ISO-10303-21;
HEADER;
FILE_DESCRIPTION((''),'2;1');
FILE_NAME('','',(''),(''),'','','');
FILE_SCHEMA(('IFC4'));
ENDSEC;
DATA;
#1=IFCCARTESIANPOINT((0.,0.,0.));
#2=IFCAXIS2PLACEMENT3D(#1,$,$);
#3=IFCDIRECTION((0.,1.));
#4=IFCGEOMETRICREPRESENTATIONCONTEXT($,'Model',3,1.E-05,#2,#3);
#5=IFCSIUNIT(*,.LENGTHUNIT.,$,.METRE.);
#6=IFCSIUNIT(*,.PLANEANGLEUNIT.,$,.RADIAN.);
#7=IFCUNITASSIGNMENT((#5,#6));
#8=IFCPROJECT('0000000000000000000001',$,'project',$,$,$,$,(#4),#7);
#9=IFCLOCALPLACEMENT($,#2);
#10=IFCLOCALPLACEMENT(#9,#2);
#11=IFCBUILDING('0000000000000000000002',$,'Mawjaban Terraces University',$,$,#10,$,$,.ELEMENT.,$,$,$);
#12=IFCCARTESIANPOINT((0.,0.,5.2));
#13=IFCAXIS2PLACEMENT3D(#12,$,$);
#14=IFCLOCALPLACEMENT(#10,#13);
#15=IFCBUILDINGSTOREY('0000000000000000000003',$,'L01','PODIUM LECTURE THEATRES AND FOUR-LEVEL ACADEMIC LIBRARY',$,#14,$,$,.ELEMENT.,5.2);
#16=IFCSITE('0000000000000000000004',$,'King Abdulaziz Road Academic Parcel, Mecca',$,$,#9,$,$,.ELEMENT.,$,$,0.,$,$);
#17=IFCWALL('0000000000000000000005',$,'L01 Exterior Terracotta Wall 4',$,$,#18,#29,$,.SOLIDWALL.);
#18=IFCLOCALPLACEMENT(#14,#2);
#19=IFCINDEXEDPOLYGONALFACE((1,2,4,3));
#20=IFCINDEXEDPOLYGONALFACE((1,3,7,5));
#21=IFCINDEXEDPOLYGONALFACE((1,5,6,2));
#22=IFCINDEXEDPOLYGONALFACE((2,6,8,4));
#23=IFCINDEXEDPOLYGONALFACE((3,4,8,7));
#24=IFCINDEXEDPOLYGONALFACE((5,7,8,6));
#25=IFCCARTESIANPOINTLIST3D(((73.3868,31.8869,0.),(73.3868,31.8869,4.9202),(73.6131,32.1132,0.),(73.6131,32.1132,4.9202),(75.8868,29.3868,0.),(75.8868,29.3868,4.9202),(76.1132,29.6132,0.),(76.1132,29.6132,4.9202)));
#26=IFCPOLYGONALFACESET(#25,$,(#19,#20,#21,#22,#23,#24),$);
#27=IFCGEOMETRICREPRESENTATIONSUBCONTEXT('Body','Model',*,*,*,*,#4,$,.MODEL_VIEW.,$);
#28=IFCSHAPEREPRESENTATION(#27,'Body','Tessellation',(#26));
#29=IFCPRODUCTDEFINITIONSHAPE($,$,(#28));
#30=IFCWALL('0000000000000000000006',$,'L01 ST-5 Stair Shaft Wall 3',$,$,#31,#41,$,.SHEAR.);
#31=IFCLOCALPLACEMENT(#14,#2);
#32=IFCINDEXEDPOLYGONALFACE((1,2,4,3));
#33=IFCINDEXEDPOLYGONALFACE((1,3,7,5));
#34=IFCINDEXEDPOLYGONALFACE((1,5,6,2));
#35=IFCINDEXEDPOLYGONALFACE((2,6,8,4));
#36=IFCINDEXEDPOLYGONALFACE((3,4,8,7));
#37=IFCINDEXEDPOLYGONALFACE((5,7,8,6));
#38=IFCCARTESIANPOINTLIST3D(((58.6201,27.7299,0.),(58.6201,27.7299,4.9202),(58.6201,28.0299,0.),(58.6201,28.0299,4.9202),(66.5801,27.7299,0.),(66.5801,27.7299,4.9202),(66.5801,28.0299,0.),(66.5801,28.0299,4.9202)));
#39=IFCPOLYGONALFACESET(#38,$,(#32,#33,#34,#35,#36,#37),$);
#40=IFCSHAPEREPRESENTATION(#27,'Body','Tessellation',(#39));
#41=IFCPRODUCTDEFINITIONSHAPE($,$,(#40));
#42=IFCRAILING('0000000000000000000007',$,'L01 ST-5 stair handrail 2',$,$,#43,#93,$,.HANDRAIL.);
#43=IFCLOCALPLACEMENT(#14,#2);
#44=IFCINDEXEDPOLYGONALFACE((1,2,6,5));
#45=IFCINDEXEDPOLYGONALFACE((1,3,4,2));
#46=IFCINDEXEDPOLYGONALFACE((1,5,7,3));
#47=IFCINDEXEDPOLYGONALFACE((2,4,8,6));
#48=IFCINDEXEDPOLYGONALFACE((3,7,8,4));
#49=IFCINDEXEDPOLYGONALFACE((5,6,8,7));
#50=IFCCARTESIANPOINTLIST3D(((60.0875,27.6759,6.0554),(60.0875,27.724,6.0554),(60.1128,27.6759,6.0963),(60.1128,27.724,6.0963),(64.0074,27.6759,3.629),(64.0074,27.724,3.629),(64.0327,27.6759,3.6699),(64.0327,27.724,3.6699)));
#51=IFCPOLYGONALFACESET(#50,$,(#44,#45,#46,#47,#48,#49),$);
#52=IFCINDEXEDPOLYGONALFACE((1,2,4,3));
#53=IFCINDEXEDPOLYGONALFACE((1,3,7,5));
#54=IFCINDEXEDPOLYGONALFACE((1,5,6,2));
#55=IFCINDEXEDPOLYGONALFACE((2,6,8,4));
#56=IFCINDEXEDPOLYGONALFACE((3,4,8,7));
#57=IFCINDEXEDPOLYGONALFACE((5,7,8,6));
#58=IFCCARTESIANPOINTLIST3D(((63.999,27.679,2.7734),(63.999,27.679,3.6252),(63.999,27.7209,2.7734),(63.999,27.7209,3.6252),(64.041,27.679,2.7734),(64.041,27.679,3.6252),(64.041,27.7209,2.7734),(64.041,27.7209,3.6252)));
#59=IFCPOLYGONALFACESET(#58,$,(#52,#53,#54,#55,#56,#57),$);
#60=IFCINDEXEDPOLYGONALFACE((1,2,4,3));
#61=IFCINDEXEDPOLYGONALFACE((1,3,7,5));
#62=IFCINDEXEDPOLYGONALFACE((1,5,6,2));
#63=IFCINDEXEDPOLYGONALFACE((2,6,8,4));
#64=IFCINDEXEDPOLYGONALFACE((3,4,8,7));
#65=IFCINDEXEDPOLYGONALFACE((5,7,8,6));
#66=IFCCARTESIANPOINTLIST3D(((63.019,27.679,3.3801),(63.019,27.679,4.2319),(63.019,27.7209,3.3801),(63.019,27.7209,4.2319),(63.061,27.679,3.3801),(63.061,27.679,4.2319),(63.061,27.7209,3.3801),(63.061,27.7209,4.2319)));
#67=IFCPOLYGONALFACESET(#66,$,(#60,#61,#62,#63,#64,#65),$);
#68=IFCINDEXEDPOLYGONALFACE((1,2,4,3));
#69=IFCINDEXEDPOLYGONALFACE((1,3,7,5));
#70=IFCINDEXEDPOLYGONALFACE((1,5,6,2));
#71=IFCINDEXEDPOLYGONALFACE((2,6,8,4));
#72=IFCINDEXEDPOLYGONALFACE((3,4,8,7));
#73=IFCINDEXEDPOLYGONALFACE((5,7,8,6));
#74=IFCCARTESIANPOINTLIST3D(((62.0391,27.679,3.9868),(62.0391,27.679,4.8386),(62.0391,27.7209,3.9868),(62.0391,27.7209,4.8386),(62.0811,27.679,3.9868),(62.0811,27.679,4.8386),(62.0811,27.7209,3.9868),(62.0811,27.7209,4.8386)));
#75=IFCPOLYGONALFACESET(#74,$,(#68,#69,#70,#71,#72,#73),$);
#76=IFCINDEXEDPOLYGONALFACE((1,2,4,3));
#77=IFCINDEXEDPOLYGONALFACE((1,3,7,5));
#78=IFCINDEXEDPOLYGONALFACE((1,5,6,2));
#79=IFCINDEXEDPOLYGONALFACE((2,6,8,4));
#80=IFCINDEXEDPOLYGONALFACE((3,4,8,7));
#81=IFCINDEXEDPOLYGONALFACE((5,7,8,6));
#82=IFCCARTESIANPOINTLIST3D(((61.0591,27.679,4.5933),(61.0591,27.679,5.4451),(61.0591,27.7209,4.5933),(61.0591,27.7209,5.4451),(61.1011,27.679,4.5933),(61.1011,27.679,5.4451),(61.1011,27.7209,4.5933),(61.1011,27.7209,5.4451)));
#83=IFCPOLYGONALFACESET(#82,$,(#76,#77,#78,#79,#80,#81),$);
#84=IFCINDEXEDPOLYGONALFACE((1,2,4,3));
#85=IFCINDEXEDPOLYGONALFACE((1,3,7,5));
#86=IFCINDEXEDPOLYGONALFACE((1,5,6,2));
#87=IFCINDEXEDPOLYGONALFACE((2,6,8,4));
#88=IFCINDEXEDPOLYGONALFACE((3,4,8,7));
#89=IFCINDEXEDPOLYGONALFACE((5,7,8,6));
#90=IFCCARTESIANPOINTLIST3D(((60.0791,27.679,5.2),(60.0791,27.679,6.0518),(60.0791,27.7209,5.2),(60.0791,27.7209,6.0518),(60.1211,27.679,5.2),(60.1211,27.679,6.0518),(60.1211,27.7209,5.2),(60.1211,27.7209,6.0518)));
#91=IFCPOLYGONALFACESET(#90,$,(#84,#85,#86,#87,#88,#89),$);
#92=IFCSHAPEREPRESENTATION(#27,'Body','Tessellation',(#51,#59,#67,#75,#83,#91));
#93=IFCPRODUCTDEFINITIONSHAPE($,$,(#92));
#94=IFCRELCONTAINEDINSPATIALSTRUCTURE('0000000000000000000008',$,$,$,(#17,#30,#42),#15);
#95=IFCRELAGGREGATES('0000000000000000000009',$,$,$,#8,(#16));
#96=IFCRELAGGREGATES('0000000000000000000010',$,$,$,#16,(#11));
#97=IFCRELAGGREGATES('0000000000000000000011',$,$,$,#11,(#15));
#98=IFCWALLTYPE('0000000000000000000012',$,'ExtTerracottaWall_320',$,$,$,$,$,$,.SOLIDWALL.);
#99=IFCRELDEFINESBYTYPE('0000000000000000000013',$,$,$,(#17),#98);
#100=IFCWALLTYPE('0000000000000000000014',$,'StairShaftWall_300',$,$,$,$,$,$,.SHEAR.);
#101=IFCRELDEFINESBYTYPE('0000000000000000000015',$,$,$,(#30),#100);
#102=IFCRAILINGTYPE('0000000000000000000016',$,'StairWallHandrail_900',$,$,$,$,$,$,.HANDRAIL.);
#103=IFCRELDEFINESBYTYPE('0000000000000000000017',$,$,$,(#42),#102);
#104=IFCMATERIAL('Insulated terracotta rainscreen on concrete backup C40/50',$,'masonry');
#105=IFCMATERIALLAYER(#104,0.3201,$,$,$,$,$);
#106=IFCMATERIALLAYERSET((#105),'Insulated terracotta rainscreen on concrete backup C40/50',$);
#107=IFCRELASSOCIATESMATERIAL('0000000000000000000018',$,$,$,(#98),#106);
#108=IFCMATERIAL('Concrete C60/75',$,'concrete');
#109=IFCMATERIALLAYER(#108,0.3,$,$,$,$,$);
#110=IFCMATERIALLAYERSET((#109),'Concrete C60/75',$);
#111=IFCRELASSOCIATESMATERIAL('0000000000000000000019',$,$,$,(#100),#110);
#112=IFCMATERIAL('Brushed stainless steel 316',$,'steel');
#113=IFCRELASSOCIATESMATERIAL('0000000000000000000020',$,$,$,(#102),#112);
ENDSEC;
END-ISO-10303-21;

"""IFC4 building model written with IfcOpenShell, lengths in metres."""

from ifc_helpers import new_model, si_unit, direction, frame, frame_2d, origin, origin_2d, place, context, subcontext, project, spatial, rectangle, extrude, material, layer, layer_set, type_object, element, save


model = new_model("IFC4")

# Units and contexts
model_context = context("Model", 3, precision=1e-05, world=origin(), true_north=direction((0.0, 1.0)))
body_context = subcontext(model_context, "Body", "Model", "MODEL_VIEW")
ifc_project = project(units=[si_unit("LENGTHUNIT", "METRE"), si_unit("PLANEANGLEUNIT", "RADIAN")], contexts=[model_context])

# Site, building, storey
site_placement = place(None, origin())
site = spatial("IfcSite", under=ifc_project, at=site_placement, Name="King Abdulaziz Road Academic Parcel, Mecca", CompositionType="ELEMENT", RefElevation=0.0)
building_placement = place(site_placement, origin())
building = spatial("IfcBuilding", under=site, at=building_placement, Name="Mawjaban Terraces University", CompositionType="ELEMENT")
storey_placement = place(building_placement, frame((0.0, 0.0, 5.2)))
storey = spatial("IfcBuildingStorey", under=building, at=storey_placement, Name="L01", Description="PODIUM LECTURE THEATRES AND FOUR-LEVEL ACADEMIC LIBRARY", CompositionType="ELEMENT", Elevation=5.2)

# Walls
ifc_material_1 = material(Name="Insulated terracotta rainscreen on concrete backup C40/50", Category="masonry")
ifc_layer_1 = layer(ifc_material_1, 0.3201)
ifc_layer_set_1 = layer_set([ifc_layer_1], Name="Insulated terracotta rainscreen on concrete backup C40/50")
wall_type_1 = type_object("IfcWallType", Name="ExtTerracottaWall_320", PredefinedType="SOLIDWALL", material=ifc_layer_set_1)
wall_1_placement = place(storey_placement, frame((76.0, 29.5, 0.0), z_axis=(0.0, 0.0, 1.0), x_axis=(-0.707107, 0.707107, 0.0)))
element("IfcWall", 1, at=wall_1_placement, inside=storey, type_object=wall_type_1, Name="L01 Exterior Terracotta Wall 4", PredefinedType="SOLIDWALL", context=body_context, shape_type="SweptSolid", body=[
    extrude(rectangle(XDim=3.5356, YDim=0.3201, at=frame_2d((1.7678, 0.0))), origin(), (0.0, 0.0, 1.0), 4.9202),
])
ifc_material_2 = material(Name="Concrete C60/75", Category="concrete")
ifc_layer_2 = layer(ifc_material_2, 0.3)
ifc_layer_set_2 = layer_set([ifc_layer_2], Name="Concrete C60/75")
wall_type_2 = type_object("IfcWallType", Name="StairShaftWall_300", PredefinedType="SHEAR", material=ifc_layer_set_2)
wall_2_placement = place(storey_placement, frame((66.5801, 27.8799, 0.0), z_axis=(0.0, 0.0, 1.0), x_axis=(-1.0, 0.0, 0.0)))
element("IfcWall", 2, at=wall_2_placement, inside=storey, type_object=wall_type_2, Name="L01 ST-5 Stair Shaft Wall 3", PredefinedType="SHEAR", context=body_context, shape_type="SweptSolid", body=[
    extrude(rectangle(XDim=7.96, YDim=0.3, at=frame_2d((3.98, 0.0))), origin(), (0.0, 0.0, 1.0), 4.9202),
])

# Railing
ifc_material_3 = material(Name="Brushed stainless steel 316", Category="steel")
railing_type = type_object("IfcRailingType", Name="StairWallHandrail_900", PredefinedType="HANDRAIL", material=ifc_material_3)
railing_placement = place(storey_placement, frame((64.02, 27.7, 2.7734)))
element("IfcRailing", 3, at=railing_placement, inside=storey, type_object=railing_type, Name="L01 ST-5 stair handrail 2", PredefinedType="HANDRAIL", context=body_context, shape_type="SweptSolid", body=[
    extrude(rectangle(XDim=0.0481, YDim=0.0481, at=origin_2d()), frame((0.0, 0.0, 0.876), z_axis=(-0.850275, 0.0, 0.526338), x_axis=(0.0, -1.0, 0.0)), (0.0, 0.0, 1.0), 4.6101),
    extrude(rectangle(XDim=0.042, YDim=0.042, at=origin_2d()), origin(), (0.0, 0.0, 1.0), 0.8518),
    extrude(rectangle(XDim=0.042, YDim=0.042, at=origin_2d()), frame((-0.98, 0.0, 0.6067)), (0.0, 0.0, 1.0), 0.8518),
    extrude(rectangle(XDim=0.042, YDim=0.042, at=origin_2d()), frame((-1.96, 0.0, 1.2134)), (0.0, 0.0, 1.0), 0.8518),
    extrude(rectangle(XDim=0.042, YDim=0.042, at=origin_2d()), frame((-2.9399, 0.0, 1.8198)), (0.0, 0.0, 1.0), 0.8518),
    extrude(rectangle(XDim=0.042, YDim=0.042, at=origin_2d()), frame((-3.9199, 0.0, 2.4265)), (0.0, 0.0, 1.0), 0.8518),
])

save(model, "model.ifc")
